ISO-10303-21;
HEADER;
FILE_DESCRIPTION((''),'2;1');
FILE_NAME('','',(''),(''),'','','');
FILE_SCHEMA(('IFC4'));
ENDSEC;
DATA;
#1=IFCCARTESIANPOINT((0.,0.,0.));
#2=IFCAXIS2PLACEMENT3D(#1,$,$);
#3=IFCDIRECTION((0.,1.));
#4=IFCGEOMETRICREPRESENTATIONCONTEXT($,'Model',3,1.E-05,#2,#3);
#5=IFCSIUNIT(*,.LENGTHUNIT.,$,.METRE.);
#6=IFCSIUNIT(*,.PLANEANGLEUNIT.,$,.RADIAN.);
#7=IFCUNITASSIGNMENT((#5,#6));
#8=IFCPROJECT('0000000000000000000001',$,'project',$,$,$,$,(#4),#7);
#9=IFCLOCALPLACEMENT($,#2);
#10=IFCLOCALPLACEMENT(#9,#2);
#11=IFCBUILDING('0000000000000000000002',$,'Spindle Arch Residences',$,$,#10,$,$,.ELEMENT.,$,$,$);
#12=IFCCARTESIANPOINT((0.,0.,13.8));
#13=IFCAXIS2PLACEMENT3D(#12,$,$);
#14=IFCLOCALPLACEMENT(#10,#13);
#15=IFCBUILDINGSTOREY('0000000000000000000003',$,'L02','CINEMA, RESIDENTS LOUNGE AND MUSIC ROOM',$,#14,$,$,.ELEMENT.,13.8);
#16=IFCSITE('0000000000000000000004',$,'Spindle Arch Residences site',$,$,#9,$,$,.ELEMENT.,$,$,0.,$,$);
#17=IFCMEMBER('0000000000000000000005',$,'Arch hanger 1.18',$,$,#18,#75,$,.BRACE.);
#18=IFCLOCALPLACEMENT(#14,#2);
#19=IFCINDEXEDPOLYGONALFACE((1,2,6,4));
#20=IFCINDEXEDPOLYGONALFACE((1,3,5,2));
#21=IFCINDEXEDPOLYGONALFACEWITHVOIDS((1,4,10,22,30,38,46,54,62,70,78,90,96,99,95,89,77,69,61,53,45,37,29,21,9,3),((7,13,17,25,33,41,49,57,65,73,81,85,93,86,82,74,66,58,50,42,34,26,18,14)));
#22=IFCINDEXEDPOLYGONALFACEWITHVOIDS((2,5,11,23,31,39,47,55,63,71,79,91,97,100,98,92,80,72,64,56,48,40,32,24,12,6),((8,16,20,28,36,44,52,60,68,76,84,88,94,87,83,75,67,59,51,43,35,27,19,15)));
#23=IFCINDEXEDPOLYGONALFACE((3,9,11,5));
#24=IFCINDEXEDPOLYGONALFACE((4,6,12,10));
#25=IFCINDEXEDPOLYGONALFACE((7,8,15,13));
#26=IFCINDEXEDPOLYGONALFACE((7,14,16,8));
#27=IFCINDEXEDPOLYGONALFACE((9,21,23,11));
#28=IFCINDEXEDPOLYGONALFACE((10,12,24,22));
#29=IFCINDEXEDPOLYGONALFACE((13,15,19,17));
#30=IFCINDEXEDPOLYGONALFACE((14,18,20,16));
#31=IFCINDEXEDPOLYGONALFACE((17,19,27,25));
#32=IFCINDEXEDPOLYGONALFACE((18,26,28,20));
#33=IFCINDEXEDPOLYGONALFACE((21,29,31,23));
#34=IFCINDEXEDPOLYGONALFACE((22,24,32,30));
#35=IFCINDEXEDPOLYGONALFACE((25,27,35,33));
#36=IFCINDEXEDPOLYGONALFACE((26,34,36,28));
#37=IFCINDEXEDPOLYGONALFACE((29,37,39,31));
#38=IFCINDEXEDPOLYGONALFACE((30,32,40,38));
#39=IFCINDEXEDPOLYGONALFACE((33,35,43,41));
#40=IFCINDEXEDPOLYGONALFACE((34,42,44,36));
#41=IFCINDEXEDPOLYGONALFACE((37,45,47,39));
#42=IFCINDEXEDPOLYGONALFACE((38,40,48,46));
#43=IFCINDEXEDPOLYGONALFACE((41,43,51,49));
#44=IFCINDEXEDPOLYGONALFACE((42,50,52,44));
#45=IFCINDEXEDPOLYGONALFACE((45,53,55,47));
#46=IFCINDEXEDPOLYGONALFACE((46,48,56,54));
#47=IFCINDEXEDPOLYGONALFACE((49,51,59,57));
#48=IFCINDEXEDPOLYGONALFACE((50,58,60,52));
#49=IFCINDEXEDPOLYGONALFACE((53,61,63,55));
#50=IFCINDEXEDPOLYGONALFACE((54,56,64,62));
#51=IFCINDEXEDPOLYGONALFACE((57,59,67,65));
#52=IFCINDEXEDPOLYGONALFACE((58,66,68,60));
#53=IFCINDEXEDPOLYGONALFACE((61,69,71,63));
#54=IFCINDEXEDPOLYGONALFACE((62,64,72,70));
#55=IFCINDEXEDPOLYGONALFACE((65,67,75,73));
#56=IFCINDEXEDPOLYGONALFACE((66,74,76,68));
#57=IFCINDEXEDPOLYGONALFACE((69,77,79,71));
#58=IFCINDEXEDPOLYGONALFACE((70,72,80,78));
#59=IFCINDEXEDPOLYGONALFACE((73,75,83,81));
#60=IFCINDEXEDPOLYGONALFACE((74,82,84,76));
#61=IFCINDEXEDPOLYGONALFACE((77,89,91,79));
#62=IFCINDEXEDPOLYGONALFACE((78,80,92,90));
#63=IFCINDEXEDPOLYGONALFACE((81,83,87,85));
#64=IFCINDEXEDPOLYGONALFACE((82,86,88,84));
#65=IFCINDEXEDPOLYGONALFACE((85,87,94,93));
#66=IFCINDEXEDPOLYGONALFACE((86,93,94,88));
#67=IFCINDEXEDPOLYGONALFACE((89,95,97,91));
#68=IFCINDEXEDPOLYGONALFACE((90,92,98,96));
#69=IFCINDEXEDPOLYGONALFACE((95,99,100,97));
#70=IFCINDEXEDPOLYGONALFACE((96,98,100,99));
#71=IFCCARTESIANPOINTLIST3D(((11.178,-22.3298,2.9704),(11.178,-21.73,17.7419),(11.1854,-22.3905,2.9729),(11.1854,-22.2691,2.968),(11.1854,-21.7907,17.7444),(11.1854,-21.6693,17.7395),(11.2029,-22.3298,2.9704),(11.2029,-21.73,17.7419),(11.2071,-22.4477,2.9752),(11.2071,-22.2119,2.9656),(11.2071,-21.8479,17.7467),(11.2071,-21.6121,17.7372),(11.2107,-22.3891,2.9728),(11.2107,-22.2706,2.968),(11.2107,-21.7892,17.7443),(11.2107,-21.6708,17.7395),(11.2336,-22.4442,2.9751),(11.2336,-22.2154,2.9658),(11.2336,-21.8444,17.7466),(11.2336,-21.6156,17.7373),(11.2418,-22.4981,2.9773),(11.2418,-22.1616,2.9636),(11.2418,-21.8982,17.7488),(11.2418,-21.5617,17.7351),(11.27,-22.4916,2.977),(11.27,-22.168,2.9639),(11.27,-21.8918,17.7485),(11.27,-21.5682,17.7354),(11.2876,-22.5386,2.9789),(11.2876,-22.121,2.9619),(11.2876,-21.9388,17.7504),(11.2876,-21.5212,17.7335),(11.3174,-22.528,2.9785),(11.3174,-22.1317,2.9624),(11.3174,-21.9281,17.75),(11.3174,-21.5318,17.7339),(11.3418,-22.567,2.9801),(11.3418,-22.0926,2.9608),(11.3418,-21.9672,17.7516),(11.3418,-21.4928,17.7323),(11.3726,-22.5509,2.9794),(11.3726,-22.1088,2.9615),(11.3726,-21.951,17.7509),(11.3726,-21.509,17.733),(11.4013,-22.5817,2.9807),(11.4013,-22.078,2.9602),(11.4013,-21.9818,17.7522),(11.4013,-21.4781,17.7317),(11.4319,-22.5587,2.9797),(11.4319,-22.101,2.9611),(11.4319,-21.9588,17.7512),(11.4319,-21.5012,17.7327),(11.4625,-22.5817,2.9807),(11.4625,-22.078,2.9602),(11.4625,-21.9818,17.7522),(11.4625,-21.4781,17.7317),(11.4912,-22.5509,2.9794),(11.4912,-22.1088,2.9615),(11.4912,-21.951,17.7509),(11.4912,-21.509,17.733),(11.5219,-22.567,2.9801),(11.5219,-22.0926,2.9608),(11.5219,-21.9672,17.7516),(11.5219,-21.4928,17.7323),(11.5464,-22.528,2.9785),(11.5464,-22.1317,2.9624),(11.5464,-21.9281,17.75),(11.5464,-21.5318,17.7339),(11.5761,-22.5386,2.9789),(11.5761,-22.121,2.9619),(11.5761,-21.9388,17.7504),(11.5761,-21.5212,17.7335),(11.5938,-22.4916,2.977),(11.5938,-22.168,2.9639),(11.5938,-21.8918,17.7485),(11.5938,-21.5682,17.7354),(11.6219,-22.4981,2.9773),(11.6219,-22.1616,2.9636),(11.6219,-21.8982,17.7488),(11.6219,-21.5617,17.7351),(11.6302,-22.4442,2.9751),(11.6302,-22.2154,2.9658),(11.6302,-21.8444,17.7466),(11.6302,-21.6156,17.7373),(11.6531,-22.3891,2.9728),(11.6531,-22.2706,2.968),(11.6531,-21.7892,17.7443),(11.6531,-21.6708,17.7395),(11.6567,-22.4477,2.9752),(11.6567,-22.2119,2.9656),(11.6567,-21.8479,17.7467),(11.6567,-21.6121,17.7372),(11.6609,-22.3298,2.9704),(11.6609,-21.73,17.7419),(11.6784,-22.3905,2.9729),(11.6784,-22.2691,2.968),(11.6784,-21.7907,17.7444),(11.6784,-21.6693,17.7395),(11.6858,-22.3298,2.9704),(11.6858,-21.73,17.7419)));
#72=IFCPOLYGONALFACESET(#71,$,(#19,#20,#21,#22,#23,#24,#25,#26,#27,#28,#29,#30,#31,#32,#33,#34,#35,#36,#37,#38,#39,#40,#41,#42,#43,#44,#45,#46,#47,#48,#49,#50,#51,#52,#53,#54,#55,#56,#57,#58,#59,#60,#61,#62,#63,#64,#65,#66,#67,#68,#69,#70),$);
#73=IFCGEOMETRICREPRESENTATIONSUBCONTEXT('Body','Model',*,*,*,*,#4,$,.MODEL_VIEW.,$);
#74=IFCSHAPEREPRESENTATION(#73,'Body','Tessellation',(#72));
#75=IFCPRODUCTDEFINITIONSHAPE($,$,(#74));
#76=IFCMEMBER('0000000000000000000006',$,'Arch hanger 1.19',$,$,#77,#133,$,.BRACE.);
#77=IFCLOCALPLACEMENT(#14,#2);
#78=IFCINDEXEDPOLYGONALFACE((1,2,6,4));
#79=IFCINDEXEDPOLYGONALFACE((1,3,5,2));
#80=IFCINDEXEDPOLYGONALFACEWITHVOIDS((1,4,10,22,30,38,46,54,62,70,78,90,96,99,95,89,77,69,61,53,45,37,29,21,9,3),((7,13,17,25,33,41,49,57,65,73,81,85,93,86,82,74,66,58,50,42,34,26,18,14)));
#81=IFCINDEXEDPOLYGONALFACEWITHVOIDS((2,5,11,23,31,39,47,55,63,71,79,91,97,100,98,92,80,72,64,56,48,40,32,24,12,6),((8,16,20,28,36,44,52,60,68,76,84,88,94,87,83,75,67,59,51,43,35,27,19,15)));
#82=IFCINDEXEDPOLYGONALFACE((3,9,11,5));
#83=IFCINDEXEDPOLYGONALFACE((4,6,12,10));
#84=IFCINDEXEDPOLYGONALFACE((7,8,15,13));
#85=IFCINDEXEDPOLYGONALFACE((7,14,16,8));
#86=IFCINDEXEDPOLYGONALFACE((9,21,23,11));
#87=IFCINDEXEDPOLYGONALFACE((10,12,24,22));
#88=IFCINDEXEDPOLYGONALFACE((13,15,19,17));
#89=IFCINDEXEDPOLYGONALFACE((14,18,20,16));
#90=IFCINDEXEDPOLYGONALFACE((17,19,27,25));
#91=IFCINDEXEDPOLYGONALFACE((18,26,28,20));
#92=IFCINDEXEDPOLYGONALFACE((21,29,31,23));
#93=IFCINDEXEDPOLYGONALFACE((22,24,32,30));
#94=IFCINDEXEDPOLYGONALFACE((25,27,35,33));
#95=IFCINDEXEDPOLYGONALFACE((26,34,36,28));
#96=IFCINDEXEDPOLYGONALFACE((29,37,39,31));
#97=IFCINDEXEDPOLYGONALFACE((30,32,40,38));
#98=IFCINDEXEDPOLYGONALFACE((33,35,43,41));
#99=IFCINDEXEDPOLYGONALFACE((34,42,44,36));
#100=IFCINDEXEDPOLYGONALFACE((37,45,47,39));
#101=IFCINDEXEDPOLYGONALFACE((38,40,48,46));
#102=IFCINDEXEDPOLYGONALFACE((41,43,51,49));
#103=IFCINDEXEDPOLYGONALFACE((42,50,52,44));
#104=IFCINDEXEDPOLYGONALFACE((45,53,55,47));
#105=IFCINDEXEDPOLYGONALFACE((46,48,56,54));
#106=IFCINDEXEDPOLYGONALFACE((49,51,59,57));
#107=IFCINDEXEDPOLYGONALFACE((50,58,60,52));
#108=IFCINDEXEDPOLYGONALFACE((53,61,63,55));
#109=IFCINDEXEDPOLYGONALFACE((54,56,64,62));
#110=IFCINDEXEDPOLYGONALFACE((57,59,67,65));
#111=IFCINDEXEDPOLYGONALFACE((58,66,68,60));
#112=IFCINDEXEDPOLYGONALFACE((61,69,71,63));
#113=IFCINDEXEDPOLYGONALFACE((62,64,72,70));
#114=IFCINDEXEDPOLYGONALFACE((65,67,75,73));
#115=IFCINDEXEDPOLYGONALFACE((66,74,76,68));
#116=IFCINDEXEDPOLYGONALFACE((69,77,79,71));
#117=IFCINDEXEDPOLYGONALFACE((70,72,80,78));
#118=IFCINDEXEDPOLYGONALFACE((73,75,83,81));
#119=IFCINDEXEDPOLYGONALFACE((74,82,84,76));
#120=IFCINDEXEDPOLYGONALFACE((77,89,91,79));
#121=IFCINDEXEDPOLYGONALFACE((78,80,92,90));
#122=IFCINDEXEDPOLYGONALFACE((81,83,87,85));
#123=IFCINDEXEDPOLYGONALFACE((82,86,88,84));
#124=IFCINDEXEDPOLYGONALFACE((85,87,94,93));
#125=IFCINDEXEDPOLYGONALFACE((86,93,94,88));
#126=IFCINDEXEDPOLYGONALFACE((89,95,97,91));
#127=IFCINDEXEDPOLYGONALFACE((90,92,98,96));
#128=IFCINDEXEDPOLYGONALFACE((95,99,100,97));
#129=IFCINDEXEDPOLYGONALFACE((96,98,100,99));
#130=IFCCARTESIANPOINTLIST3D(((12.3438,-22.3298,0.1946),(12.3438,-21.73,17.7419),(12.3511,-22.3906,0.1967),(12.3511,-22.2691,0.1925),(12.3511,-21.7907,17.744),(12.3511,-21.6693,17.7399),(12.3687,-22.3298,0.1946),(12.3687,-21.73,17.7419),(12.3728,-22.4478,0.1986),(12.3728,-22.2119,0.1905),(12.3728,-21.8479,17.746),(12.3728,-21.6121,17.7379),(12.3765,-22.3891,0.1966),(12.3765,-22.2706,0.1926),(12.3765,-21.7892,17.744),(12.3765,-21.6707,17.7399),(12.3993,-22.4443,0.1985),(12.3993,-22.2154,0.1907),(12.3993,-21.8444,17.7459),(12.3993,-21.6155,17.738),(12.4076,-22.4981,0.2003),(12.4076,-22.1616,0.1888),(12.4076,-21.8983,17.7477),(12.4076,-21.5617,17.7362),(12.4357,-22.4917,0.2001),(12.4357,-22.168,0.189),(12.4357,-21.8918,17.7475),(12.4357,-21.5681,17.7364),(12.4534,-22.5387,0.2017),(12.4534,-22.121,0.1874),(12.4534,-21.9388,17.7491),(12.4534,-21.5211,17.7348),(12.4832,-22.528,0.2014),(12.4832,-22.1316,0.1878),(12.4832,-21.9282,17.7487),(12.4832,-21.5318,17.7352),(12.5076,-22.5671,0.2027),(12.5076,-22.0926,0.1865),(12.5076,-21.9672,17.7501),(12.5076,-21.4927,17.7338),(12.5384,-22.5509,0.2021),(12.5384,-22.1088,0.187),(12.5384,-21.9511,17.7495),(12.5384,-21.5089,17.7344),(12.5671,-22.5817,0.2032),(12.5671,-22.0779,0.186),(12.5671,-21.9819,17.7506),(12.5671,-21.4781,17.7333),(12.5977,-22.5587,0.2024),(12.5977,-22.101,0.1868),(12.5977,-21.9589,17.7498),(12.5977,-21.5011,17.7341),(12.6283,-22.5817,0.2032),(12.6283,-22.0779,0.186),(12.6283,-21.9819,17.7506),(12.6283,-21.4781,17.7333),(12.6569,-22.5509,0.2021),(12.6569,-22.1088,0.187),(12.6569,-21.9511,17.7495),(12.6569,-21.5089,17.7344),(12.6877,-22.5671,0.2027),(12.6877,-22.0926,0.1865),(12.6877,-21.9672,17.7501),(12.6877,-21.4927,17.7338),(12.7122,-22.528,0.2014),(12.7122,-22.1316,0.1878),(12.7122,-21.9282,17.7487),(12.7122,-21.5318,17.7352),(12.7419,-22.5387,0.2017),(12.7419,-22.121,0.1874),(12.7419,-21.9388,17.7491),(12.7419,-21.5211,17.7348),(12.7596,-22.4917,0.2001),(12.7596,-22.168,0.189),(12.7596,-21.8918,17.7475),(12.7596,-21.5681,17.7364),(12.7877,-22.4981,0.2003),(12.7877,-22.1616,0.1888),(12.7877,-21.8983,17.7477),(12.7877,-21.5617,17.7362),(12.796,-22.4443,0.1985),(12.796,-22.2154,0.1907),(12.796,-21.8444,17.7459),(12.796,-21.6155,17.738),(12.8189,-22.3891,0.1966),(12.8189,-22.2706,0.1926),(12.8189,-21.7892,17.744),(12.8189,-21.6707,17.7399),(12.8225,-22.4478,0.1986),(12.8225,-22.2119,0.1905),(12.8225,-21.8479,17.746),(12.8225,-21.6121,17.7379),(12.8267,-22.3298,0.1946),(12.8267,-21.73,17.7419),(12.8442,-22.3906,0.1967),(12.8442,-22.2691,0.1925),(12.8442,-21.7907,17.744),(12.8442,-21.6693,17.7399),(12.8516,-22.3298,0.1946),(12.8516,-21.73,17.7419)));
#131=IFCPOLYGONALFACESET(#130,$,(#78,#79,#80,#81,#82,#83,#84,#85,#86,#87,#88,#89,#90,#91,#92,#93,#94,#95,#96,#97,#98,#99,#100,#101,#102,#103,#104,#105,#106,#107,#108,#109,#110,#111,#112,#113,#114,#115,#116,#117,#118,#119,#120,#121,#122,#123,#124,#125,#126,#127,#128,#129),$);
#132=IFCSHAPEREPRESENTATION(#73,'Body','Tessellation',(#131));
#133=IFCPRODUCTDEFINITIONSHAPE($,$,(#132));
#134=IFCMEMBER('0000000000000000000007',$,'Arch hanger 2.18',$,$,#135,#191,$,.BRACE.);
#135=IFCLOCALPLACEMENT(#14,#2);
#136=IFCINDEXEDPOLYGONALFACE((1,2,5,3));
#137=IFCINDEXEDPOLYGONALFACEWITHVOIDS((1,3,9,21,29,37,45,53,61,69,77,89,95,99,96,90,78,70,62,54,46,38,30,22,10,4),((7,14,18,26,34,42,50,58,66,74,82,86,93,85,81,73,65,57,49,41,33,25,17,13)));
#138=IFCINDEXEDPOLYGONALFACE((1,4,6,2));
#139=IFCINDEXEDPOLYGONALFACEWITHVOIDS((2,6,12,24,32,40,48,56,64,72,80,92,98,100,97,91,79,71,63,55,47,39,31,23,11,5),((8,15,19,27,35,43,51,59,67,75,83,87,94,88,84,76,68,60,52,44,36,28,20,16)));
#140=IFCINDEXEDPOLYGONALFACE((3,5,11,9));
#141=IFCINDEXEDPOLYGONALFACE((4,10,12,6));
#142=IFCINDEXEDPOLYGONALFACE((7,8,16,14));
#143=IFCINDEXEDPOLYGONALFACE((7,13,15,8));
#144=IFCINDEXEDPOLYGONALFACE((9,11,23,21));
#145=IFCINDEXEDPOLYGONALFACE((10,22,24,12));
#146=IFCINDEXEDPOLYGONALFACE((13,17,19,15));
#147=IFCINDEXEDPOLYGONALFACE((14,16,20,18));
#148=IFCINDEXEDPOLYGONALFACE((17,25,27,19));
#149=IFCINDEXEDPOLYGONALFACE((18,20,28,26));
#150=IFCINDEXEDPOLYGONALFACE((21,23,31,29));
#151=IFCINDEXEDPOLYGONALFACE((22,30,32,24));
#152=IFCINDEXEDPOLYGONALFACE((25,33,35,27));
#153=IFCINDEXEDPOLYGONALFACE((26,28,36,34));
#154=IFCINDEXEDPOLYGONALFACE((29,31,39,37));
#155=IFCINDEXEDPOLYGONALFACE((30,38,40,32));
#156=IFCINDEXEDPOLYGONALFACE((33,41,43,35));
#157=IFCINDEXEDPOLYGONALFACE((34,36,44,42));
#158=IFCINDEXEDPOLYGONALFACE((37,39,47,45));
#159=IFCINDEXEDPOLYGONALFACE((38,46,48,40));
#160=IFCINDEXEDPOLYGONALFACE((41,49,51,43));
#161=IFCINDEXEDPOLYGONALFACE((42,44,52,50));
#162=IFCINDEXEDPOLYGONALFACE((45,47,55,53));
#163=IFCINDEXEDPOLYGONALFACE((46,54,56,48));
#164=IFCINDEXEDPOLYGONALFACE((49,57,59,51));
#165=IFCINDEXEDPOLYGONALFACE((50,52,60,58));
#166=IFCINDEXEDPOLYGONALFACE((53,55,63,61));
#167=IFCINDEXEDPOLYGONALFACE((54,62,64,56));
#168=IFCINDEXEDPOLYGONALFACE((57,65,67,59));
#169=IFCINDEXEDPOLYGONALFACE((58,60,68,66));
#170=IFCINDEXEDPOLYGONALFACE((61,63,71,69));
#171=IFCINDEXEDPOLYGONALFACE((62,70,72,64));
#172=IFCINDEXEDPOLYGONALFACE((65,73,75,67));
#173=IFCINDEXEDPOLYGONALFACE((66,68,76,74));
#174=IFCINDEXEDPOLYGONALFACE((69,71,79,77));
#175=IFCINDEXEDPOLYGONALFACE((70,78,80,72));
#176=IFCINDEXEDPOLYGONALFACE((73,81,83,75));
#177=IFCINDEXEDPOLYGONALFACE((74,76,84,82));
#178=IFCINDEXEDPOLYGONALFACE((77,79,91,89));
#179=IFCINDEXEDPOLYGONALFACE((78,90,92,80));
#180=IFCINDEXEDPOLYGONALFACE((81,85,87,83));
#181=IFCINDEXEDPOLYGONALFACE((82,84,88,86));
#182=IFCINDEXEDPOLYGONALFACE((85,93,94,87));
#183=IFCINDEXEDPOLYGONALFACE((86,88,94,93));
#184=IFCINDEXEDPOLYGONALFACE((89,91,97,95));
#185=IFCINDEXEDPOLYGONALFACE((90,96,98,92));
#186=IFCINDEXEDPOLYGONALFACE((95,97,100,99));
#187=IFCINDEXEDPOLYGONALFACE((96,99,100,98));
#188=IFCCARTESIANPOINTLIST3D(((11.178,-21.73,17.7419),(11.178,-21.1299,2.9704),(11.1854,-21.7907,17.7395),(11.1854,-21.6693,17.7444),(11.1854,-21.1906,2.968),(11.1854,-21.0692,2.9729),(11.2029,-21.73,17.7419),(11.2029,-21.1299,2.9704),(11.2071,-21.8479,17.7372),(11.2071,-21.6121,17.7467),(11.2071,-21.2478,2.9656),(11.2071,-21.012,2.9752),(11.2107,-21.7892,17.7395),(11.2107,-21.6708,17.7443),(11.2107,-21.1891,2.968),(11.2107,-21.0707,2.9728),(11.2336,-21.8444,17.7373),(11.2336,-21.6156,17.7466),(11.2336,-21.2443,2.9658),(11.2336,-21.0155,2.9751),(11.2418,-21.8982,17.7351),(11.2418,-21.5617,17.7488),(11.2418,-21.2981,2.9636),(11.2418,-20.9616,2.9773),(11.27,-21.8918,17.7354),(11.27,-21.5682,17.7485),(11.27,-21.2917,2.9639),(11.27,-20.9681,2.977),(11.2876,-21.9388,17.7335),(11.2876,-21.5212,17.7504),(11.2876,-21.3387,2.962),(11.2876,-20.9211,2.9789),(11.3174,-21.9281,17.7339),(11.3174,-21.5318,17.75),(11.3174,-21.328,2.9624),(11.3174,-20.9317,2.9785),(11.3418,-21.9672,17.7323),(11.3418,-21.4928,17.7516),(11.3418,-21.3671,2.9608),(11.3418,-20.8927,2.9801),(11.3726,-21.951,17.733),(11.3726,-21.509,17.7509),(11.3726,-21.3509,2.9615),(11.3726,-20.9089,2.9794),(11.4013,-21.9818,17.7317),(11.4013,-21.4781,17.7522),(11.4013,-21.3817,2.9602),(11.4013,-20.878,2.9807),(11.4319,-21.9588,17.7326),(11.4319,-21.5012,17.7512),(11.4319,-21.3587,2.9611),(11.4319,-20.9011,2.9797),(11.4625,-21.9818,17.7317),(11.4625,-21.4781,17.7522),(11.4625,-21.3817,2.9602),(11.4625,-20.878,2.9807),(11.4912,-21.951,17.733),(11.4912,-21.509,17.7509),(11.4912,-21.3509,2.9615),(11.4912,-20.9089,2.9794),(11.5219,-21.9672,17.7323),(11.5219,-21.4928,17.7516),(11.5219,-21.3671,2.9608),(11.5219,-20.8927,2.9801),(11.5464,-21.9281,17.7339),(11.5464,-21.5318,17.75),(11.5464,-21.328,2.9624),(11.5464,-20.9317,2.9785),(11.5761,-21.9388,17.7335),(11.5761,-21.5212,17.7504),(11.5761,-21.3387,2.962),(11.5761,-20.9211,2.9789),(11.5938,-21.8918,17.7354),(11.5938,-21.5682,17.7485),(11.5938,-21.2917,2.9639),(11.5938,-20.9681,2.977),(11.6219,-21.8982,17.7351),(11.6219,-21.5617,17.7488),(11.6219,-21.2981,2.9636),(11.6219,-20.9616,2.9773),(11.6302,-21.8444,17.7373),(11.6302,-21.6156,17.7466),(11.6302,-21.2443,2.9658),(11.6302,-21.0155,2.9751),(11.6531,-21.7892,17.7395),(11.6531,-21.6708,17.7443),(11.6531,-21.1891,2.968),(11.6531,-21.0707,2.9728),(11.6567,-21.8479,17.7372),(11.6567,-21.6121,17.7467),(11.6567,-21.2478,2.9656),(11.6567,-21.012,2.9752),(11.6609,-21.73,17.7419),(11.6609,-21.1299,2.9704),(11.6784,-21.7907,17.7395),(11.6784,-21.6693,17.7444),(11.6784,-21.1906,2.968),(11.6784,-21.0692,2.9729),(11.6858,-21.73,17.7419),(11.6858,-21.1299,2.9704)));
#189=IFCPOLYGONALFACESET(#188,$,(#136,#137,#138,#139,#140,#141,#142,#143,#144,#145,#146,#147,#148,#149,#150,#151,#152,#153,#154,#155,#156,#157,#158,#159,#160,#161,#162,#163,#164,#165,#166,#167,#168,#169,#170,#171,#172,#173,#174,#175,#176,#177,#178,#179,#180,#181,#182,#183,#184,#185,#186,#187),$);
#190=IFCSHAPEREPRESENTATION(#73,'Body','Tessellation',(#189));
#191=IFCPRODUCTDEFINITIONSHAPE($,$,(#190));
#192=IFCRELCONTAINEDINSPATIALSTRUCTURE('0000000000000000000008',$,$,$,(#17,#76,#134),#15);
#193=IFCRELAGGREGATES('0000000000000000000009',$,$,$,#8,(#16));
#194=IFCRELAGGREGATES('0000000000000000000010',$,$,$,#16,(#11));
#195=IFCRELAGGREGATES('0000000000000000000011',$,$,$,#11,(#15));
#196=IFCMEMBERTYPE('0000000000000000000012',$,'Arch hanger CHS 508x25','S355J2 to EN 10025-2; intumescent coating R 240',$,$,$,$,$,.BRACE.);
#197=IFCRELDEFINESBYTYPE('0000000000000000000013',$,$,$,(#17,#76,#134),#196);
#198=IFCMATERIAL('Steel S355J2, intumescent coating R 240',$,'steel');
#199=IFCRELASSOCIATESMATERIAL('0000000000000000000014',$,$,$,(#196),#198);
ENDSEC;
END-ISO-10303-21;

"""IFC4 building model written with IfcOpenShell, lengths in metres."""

from ifc_helpers import new_model, si_unit, direction, frame, origin, origin_2d, place, context, subcontext, project, spatial, hollow_circle, extrude, material, material_profile, profile_set, type_object, element, save


model = new_model("IFC4")

# Units and contexts
model_context = context("Model", 3, precision=1e-05, world=origin(), true_north=direction((0.0, 1.0)))
body_context = subcontext(model_context, "Body", "Model", "MODEL_VIEW")
ifc_project = project(units=[si_unit("LENGTHUNIT", "METRE"), si_unit("PLANEANGLEUNIT", "RADIAN")], contexts=[model_context])

# Site, building, storey
site_placement = place(None, origin())
site = spatial("IfcSite", under=ifc_project, at=site_placement, Name="Spindle Arch Residences site", CompositionType="ELEMENT", RefElevation=0.0)
building_placement = place(site_placement, origin())
building = spatial("IfcBuilding", under=site, at=building_placement, Name="Spindle Arch Residences", CompositionType="ELEMENT")
storey_placement = place(building_placement, frame((0.0, 0.0, 13.8)))
storey = spatial("IfcBuildingStorey", under=building, at=storey_placement, Name="L02", Description="CINEMA, RESIDENTS LOUNGE AND MUSIC ROOM", CompositionType="ELEMENT", Elevation=13.8)

# Members
ifc_material_1 = material(Name="Steel S355J2, intumescent coating R 240", Category="steel")
ifc_material_profile_1 = material_profile(ifc_material_1, hollow_circle(Radius=0.2539, WallThickness=0.0249, at=origin_2d()), Name="CHS 508x25")
ifc_profile_set_1 = profile_set([ifc_material_profile_1], Name="Steel S355J2, intumescent coating R 240")
member_type_1 = type_object("IfcMemberType", Name="Arch hanger CHS 508x25", Description="S355J2 to EN 10025-2; intumescent coating R 240", PredefinedType="BRACE", material=ifc_profile_set_1)
member_1_placement = place(storey_placement, frame((11.4319, -21.73, 17.7419), z_axis=(0.0, -0.040575, -0.999176), x_axis=(1.0, 0.0, 0.0)))
element("IfcMember", 1, at=member_1_placement, inside=storey, type_object=member_type_1, Name="Arch hanger 1.18", PredefinedType="BRACE", context=body_context, shape_type="SweptSolid", body=[
    extrude(hollow_circle(Radius=0.2539, WallThickness=0.0249, at=origin_2d()), origin(), (0.0, 0.0, 1.0), 14.7837),
])
member_2_placement = place(storey_placement, frame((12.5977, -21.73, 17.7419), z_axis=(0.0, -0.034165, -0.999416), x_axis=(1.0, 0.0, 0.0)))
element("IfcMember", 2, at=member_2_placement, inside=storey, type_object=member_type_1, Name="Arch hanger 1.19", PredefinedType="BRACE", context=body_context, shape_type="SweptSolid", body=[
    extrude(hollow_circle(Radius=0.2539, WallThickness=0.0249, at=origin_2d()), origin(), (0.0, 0.0, 1.0), 17.5576),
])
member_3_placement = place(storey_placement, frame((11.4319, -21.73, 17.7419), z_axis=(0.0, 0.040592, -0.999176), x_axis=(-1.0, 0.0, 0.0)))
element("IfcMember", 3, at=member_3_placement, inside=storey, type_object=member_type_1, Name="Arch hanger 2.18", PredefinedType="BRACE", context=body_context, shape_type="SweptSolid", body=[
    extrude(hollow_circle(Radius=0.2539, WallThickness=0.0249, at=origin_2d()), origin(), (0.0, 0.0, 1.0), 14.7837),
])

save(model, "model.ifc")
